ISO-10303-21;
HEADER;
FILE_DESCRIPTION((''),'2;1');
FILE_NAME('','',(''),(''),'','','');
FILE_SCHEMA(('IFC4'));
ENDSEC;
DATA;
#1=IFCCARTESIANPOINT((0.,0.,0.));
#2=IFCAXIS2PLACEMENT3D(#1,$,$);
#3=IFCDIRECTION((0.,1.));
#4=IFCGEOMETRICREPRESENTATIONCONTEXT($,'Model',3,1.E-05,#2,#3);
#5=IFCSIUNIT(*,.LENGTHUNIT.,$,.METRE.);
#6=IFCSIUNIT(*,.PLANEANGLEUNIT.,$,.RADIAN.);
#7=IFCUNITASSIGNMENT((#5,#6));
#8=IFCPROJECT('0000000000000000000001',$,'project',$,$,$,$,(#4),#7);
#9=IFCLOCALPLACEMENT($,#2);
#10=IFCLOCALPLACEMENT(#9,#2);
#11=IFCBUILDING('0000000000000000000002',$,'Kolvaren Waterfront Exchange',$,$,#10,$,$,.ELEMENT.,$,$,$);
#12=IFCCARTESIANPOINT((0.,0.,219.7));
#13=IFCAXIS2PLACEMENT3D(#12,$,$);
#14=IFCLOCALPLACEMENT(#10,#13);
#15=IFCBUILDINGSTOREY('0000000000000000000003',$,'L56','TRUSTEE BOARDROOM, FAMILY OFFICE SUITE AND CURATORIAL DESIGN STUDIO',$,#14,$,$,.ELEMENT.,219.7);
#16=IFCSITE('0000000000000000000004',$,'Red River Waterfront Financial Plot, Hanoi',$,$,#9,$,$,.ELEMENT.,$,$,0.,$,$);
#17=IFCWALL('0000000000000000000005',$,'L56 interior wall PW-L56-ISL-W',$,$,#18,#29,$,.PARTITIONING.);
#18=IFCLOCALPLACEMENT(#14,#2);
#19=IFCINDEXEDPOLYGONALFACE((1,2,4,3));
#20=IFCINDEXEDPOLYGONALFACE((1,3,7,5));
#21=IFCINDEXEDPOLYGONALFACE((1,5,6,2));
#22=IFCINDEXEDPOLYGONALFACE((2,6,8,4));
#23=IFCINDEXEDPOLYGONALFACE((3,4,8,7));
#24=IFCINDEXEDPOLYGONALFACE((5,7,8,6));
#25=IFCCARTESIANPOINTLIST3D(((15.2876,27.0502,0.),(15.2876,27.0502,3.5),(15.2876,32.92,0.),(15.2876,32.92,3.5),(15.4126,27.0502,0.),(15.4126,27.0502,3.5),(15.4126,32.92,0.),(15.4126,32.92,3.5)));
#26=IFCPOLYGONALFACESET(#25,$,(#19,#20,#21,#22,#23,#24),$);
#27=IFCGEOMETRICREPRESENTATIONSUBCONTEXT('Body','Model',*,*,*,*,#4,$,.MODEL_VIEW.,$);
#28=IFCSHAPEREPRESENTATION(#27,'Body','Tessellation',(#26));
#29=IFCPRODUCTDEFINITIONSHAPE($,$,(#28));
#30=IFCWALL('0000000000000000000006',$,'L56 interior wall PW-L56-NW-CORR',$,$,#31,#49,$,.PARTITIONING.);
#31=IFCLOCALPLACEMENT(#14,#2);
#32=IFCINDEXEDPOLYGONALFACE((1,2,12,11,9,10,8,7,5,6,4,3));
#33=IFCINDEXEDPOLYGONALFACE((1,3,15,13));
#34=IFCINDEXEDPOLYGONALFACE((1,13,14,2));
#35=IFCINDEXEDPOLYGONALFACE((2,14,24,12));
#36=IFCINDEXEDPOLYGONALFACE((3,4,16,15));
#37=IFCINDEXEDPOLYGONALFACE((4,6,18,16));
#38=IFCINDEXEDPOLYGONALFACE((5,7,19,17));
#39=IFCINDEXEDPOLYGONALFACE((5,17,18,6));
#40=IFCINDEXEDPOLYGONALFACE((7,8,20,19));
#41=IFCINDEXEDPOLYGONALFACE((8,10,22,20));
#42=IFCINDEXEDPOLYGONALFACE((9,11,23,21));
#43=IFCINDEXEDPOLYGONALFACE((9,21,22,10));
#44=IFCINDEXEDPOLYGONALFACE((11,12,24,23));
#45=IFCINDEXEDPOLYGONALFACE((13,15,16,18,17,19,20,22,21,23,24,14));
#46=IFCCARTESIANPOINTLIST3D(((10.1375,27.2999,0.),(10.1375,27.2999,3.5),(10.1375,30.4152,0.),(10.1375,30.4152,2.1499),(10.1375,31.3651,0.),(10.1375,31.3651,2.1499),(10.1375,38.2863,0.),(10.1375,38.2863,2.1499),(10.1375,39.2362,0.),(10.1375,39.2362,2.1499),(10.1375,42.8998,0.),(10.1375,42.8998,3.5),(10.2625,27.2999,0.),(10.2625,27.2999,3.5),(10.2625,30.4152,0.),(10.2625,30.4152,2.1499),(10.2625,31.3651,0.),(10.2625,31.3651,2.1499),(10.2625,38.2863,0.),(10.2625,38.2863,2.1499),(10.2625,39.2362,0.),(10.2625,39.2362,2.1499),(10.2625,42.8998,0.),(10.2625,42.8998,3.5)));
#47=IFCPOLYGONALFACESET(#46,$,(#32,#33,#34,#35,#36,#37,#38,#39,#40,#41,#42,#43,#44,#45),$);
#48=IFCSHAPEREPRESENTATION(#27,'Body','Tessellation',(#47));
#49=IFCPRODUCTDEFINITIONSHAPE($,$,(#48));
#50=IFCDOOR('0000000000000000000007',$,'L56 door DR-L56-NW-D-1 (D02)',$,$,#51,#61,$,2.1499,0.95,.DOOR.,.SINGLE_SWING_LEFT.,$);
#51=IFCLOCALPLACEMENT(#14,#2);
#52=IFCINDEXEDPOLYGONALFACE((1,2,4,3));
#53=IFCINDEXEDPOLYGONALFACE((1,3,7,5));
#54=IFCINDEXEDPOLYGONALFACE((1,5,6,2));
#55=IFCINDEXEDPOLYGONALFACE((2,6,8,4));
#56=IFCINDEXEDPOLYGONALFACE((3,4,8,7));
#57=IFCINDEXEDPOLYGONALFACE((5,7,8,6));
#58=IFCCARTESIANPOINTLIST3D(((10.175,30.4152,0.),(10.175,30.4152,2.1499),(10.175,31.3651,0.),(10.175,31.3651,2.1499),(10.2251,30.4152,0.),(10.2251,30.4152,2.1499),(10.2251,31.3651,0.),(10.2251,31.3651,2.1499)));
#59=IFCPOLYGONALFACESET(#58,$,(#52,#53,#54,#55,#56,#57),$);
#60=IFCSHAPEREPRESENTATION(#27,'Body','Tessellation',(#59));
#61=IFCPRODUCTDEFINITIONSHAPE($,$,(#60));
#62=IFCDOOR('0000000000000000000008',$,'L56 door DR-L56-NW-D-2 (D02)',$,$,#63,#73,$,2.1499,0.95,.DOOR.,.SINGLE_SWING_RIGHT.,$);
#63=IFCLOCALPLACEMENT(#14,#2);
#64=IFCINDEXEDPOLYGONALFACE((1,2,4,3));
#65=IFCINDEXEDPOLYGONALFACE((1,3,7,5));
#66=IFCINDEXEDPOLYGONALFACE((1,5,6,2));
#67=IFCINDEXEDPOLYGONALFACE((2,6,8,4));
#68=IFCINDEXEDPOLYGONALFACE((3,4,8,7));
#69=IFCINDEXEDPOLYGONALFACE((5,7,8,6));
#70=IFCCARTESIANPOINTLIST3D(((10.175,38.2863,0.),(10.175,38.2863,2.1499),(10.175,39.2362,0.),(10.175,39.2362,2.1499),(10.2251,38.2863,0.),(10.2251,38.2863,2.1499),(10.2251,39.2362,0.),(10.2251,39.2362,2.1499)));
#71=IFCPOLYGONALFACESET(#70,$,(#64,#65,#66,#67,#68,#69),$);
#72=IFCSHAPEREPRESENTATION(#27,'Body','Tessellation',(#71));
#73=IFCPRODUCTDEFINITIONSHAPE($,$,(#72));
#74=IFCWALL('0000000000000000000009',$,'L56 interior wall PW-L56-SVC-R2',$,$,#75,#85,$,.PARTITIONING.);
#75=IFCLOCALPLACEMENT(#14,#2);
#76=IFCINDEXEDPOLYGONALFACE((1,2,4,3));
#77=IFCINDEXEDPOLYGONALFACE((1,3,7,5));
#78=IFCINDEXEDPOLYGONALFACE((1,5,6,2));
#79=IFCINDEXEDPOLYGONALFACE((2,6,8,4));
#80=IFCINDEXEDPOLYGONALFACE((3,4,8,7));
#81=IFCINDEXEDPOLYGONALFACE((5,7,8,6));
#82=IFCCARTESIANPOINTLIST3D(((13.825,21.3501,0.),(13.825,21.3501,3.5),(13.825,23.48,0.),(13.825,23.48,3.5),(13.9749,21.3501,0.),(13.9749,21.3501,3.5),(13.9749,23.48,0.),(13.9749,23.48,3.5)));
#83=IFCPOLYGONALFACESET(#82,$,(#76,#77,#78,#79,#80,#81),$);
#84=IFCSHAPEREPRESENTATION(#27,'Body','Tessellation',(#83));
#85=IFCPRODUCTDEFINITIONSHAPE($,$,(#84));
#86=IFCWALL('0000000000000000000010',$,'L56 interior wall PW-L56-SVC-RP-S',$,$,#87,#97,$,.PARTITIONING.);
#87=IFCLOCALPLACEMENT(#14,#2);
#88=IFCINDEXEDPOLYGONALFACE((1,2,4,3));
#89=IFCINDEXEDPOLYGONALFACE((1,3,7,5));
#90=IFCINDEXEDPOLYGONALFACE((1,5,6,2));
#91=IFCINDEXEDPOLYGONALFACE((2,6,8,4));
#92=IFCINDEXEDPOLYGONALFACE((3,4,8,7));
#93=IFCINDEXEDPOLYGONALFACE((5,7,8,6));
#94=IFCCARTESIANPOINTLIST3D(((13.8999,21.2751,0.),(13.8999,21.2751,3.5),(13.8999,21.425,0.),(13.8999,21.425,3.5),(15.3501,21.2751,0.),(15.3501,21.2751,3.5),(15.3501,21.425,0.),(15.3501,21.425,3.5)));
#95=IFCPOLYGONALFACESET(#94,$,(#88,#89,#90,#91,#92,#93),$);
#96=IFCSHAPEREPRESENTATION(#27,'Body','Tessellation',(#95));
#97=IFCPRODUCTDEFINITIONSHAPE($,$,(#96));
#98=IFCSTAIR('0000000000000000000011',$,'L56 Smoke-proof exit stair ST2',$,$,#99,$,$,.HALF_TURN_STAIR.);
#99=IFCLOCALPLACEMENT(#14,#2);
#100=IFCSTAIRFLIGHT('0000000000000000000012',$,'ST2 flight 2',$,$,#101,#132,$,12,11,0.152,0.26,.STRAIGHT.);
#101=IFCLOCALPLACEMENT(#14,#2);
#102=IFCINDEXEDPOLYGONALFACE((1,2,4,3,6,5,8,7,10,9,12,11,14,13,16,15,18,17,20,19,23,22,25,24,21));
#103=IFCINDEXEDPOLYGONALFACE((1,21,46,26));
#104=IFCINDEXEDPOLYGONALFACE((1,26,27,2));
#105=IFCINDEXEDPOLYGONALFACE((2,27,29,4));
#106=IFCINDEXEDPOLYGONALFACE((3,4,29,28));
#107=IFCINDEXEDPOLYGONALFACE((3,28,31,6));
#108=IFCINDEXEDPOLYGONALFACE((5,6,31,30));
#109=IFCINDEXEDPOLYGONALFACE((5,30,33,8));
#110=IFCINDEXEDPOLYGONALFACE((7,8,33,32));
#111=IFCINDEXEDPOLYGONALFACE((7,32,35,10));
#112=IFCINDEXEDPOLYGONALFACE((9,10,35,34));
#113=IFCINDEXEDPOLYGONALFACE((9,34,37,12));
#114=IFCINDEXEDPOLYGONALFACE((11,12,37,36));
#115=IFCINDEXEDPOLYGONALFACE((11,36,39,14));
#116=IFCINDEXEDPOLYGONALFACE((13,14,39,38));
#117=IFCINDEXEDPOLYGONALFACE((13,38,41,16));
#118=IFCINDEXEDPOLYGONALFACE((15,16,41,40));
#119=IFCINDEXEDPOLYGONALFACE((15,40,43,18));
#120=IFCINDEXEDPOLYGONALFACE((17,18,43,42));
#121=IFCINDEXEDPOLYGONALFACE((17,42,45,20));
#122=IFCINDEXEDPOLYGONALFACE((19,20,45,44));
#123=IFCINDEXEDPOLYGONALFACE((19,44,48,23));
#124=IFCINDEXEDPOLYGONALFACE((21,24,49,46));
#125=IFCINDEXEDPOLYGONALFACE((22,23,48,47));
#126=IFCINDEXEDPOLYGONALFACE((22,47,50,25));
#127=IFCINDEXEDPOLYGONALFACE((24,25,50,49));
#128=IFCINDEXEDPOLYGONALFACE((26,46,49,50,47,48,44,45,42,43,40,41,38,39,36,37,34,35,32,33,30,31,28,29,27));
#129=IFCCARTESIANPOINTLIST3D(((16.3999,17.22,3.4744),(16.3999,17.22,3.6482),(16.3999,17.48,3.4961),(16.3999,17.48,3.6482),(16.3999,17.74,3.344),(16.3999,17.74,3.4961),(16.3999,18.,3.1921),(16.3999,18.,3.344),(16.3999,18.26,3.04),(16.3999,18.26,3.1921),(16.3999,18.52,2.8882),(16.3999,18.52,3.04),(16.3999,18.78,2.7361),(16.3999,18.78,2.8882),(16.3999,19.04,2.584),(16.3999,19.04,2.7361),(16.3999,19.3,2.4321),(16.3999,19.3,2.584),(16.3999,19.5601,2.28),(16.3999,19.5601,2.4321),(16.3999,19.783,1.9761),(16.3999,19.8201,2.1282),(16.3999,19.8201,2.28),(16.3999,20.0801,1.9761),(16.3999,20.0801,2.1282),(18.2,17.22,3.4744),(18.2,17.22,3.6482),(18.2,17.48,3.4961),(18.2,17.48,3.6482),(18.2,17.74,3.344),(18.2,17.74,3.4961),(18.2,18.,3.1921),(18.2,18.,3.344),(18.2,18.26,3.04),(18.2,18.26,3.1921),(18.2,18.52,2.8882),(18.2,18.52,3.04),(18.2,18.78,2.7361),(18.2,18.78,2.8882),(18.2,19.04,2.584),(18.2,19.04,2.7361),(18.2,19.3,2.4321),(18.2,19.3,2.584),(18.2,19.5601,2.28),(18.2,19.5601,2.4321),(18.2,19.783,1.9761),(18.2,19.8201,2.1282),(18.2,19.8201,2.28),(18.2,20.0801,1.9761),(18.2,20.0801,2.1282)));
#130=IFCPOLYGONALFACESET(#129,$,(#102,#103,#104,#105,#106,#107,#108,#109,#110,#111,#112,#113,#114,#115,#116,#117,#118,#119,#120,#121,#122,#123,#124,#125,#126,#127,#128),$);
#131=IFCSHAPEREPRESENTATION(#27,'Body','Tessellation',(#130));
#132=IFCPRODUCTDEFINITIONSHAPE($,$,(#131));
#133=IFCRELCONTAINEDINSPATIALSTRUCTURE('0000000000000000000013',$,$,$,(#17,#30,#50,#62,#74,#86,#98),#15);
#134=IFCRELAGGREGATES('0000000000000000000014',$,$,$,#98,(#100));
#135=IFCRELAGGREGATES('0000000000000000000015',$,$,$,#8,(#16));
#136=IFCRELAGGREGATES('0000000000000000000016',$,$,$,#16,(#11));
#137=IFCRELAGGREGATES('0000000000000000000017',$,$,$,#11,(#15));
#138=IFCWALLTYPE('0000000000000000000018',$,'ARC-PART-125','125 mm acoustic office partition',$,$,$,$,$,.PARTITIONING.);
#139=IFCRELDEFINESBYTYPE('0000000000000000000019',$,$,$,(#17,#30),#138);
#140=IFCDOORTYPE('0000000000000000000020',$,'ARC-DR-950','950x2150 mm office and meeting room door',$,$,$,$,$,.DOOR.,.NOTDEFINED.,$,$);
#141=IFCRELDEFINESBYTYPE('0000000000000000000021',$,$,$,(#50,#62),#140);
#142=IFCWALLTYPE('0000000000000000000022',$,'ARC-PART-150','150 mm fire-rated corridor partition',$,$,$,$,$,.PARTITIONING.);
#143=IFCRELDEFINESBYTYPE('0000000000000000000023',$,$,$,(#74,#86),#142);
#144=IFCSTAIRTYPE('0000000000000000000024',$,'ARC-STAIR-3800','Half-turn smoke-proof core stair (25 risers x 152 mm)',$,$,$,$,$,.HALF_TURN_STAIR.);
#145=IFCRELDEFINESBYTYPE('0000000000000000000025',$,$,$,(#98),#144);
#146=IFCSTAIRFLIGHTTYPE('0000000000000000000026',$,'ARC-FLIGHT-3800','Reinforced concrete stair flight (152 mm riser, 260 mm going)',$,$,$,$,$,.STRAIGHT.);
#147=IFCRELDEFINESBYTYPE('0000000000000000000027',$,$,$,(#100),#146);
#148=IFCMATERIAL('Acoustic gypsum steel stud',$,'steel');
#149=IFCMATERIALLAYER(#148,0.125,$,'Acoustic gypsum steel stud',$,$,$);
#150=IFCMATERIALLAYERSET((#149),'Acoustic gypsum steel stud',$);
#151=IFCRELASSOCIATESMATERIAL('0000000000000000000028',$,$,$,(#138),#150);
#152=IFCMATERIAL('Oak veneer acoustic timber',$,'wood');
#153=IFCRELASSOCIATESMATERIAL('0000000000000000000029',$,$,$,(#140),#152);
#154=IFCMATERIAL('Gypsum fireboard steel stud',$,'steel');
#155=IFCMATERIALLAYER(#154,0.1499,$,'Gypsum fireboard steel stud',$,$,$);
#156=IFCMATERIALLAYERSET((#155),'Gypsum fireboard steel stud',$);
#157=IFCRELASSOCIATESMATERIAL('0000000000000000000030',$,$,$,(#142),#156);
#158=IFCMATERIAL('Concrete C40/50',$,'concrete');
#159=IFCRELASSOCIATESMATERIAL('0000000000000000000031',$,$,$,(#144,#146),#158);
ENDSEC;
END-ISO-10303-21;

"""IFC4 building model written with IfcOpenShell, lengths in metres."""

from ifc_helpers import new_model, si_unit, direction, frame, frame_2d, origin, place, context, subcontext, project, spatial, polyline, rectangle, outline, extrude, material, layer, layer_set, type_object, element, fill, aggregate, save


model = new_model("IFC4")

# Units and contexts
model_context = context("Model", 3, precision=1e-05, world=origin(), true_north=direction((0.0, 1.0)))
body_context = subcontext(model_context, "Body", "Model", "MODEL_VIEW")
ifc_project = project(units=[si_unit("LENGTHUNIT", "METRE"), si_unit("PLANEANGLEUNIT", "RADIAN")], contexts=[model_context])

# Site, building, storey
site_placement = place(None, origin())
site = spatial("IfcSite", under=ifc_project, at=site_placement, Name="Red River Waterfront Financial Plot, Hanoi", CompositionType="ELEMENT", RefElevation=0.0)
building_placement = place(site_placement, origin())
building = spatial("IfcBuilding", under=site, at=building_placement, Name="Kolvaren Waterfront Exchange", CompositionType="ELEMENT")
storey_placement = place(building_placement, frame((0.0, 0.0, 219.7)))
storey = spatial("IfcBuildingStorey", under=building, at=storey_placement, Name="L56", Description="TRUSTEE BOARDROOM, FAMILY OFFICE SUITE AND CURATORIAL DESIGN STUDIO", CompositionType="ELEMENT", Elevation=219.7)

# Shared definitions
ifc_material_1 = material(Name="Acoustic gypsum steel stud", Category="steel")
ifc_layer_1 = layer(ifc_material_1, 0.125, Name="Acoustic gypsum steel stud")
ifc_layer_set_1 = layer_set([ifc_layer_1], Name="Acoustic gypsum steel stud")
wall_type_1 = type_object("IfcWallType", Name="ARC-PART-125", Description="125 mm acoustic office partition", PredefinedType="PARTITIONING", material=ifc_layer_set_1)
ifc_material_2 = material(Name="Oak veneer acoustic timber", Category="wood")
door_type = type_object("IfcDoorType", Name="ARC-DR-950", Description="950x2150 mm office and meeting room door", OperationType="NOTDEFINED", PredefinedType="DOOR", material=ifc_material_2)

# Wall
wall_1_placement = place(storey_placement, frame((15.3501, 27.05, 0.0), z_axis=(0.0, 0.0, 1.0), x_axis=(0.0, 1.0, 0.0)))
element("IfcWall", 1, at=wall_1_placement, inside=storey, type_object=wall_type_1, Name="L56 interior wall PW-L56-ISL-W", PredefinedType="PARTITIONING", context=body_context, shape_type="SweptSolid", body=[
    extrude(rectangle(XDim=5.8699, YDim=0.125, at=frame_2d((2.9351, 0.0))), origin(), (0.0, 0.0, 1.0), 3.5),
])

# Wall, openings, doors
wall_2_placement = place(storey_placement, frame((10.2, 27.3, 0.0), z_axis=(0.0, 0.0, 1.0), x_axis=(0.0, 1.0, 0.0)))
wall_2 = element("IfcWall", 2, at=wall_2_placement, inside=storey, type_object=wall_type_1, Name="L56 interior wall PW-L56-NW-CORR", PredefinedType="PARTITIONING", context=body_context, shape_type="SweptSolid", body=[
    extrude(rectangle(XDim=15.5999, YDim=0.125, at=frame_2d((7.7998, 0.0))), origin(), (0.0, 0.0, 1.0), 3.5),
])
opening_1_placement = place(wall_2_placement, frame((3.115, 0.0, 0.0)))
opening_1 = element("IfcOpeningElement", 3, at=opening_1_placement, cuts=wall_2, PredefinedType="OPENING", context=body_context, shape_type="SweptSolid", body=[
    extrude(rectangle(XDim=0.95, YDim=2.1499, at=frame_2d((0.4751, 1.075))), frame((0.0, 0.0725, 0.0), z_axis=(0.0, -1.0, 0.0), x_axis=(1.0, 0.0, 0.0)), (0.0, 0.0, 1.0), 0.145),
])
opening_2_placement = place(wall_2_placement, frame((10.9861, 0.0, 0.0)))
opening_2 = element("IfcOpeningElement", 4, at=opening_2_placement, cuts=wall_2, PredefinedType="OPENING", context=body_context, shape_type="SweptSolid", body=[
    extrude(rectangle(XDim=0.95, YDim=2.1499, at=frame_2d((0.4751, 1.075))), frame((0.0, 0.0725, 0.0), z_axis=(0.0, -1.0, 0.0), x_axis=(1.0, 0.0, 0.0)), (0.0, 0.0, 1.0), 0.145),
])
door_1_placement = place(opening_1_placement, origin())
door_1 = element("IfcDoor", 5, at=door_1_placement, inside=storey, type_object=door_type, Name="L56 door DR-L56-NW-D-1 (D02)", OperationType="SINGLE_SWING_LEFT", OverallHeight=2.1499, OverallWidth=0.95, PredefinedType="DOOR", context=body_context, shape_type="SweptSolid", body=[
    extrude(rectangle(XDim=0.95, YDim=2.1499, at=frame_2d((0.4751, 1.075))), frame((0.0, 0.0249, 0.0), z_axis=(0.0, -1.0, 0.0), x_axis=(1.0, 0.0, 0.0)), (0.0, 0.0, 1.0), 0.05),
])
fill(opening_1, door_1)
door_2_placement = place(opening_2_placement, origin())
door_2 = element("IfcDoor", 6, at=door_2_placement, inside=storey, type_object=door_type, Name="L56 door DR-L56-NW-D-2 (D02)", OperationType="SINGLE_SWING_RIGHT", OverallHeight=2.1499, OverallWidth=0.95, PredefinedType="DOOR", context=body_context, shape_type="SweptSolid", body=[
    extrude(rectangle(XDim=0.95, YDim=2.1499, at=frame_2d((0.4751, 1.075))), frame((0.0, 0.0249, 0.0), z_axis=(0.0, -1.0, 0.0), x_axis=(1.0, 0.0, 0.0)), (0.0, 0.0, 1.0), 0.05),
])
fill(opening_2, door_2)

# Walls
ifc_material_3 = material(Name="Gypsum fireboard steel stud", Category="steel")
ifc_layer_2 = layer(ifc_material_3, 0.1499, Name="Gypsum fireboard steel stud")
ifc_layer_set_2 = layer_set([ifc_layer_2], Name="Gypsum fireboard steel stud")
wall_type_2 = type_object("IfcWallType", Name="ARC-PART-150", Description="150 mm fire-rated corridor partition", PredefinedType="PARTITIONING", material=ifc_layer_set_2)
wall_3_placement = place(storey_placement, frame((13.8999, 21.3501, 0.0), z_axis=(0.0, 0.0, 1.0), x_axis=(0.0, 1.0, 0.0)))
element("IfcWall", 7, at=wall_3_placement, inside=storey, type_object=wall_type_2, Name="L56 interior wall PW-L56-SVC-R2", PredefinedType="PARTITIONING", context=body_context, shape_type="SweptSolid", body=[
    extrude(rectangle(XDim=2.1299, YDim=0.1499, at=frame_2d((1.0649, 0.0))), origin(), (0.0, 0.0, 1.0), 3.5),
])
wall_4_placement = place(storey_placement, frame((13.8999, 21.3501, 0.0), z_axis=(0.0, 0.0, 1.0), x_axis=(1.0, 0.0, 0.0)))
element("IfcWall", 8, at=wall_4_placement, inside=storey, type_object=wall_type_2, Name="L56 interior wall PW-L56-SVC-RP-S", PredefinedType="PARTITIONING", context=body_context, shape_type="SweptSolid", body=[
    extrude(rectangle(XDim=1.4502, YDim=0.1499, at=frame_2d((0.7251, 0.0))), origin(), (0.0, 0.0, 1.0), 3.5),
])

# Stair, stair flight
ifc_material_4 = material(Name="Concrete C40/50", Category="concrete")
stair_type = type_object("IfcStairType", Name="ARC-STAIR-3800", Description="Half-turn smoke-proof core stair (25 risers x 152 mm)", PredefinedType="HALF_TURN_STAIR", material=ifc_material_4)
stair_placement = place(storey_placement, origin())
stair = element("IfcStair", 9, at=stair_placement, inside=storey, type_object=stair_type, Name="L56 Smoke-proof exit stair ST2", PredefinedType="HALF_TURN_STAIR")
stair_flight_type = type_object("IfcStairFlightType", Name="ARC-FLIGHT-3800", Description="Reinforced concrete stair flight (152 mm riser, 260 mm going)", PredefinedType="STRAIGHT", material=ifc_material_4)
stair_flight_placement = place(storey_placement, frame((17.3, 20.0801, 1.9761), z_axis=(0.0, 0.0, 1.0), x_axis=(0.0, -1.0, 0.0)))
stair_flight = element("IfcStairFlight", 10, at=stair_flight_placement, type_object=stair_flight_type, Name="ST2 flight 2", NumberOfRisers=12, NumberOfTreads=11, PredefinedType="STRAIGHT", RiserHeight=0.152, TreadLength=0.26, context=body_context, shape_type="SweptSolid", body=[
    extrude(outline(polyline([(0.0, 0.0), (0.0, 0.1521), (0.26, 0.1521), (0.26, 0.304), (0.52, 0.304), (0.52, 0.4561), (0.78, 0.4561), (0.78, 0.6079), (1.04, 0.6079), (1.04, 0.76), (1.3, 0.76), (1.3, 0.9121), (1.5601, 0.9121), (1.5601, 1.064), (1.8201, 1.064), (1.8201, 1.2161), (2.0801, 1.2161), (2.0801, 1.3679), (2.3401, 1.3679), (2.3401, 1.52), (2.6001, 1.52), (2.6001, 1.6721), (2.8601, 1.6721), (2.8601, 1.824), (2.8601, 1.4983), (0.2971, 0.0), (0.0, 0.0)])), frame((0.0, 0.8999, 0.0), z_axis=(0.0, -1.0, 0.0), x_axis=(1.0, 0.0, 0.0)), (0.0, 0.0, 1.0), 1.8),
])
aggregate(stair, [stair_flight])

save(model, "model.ifc")
